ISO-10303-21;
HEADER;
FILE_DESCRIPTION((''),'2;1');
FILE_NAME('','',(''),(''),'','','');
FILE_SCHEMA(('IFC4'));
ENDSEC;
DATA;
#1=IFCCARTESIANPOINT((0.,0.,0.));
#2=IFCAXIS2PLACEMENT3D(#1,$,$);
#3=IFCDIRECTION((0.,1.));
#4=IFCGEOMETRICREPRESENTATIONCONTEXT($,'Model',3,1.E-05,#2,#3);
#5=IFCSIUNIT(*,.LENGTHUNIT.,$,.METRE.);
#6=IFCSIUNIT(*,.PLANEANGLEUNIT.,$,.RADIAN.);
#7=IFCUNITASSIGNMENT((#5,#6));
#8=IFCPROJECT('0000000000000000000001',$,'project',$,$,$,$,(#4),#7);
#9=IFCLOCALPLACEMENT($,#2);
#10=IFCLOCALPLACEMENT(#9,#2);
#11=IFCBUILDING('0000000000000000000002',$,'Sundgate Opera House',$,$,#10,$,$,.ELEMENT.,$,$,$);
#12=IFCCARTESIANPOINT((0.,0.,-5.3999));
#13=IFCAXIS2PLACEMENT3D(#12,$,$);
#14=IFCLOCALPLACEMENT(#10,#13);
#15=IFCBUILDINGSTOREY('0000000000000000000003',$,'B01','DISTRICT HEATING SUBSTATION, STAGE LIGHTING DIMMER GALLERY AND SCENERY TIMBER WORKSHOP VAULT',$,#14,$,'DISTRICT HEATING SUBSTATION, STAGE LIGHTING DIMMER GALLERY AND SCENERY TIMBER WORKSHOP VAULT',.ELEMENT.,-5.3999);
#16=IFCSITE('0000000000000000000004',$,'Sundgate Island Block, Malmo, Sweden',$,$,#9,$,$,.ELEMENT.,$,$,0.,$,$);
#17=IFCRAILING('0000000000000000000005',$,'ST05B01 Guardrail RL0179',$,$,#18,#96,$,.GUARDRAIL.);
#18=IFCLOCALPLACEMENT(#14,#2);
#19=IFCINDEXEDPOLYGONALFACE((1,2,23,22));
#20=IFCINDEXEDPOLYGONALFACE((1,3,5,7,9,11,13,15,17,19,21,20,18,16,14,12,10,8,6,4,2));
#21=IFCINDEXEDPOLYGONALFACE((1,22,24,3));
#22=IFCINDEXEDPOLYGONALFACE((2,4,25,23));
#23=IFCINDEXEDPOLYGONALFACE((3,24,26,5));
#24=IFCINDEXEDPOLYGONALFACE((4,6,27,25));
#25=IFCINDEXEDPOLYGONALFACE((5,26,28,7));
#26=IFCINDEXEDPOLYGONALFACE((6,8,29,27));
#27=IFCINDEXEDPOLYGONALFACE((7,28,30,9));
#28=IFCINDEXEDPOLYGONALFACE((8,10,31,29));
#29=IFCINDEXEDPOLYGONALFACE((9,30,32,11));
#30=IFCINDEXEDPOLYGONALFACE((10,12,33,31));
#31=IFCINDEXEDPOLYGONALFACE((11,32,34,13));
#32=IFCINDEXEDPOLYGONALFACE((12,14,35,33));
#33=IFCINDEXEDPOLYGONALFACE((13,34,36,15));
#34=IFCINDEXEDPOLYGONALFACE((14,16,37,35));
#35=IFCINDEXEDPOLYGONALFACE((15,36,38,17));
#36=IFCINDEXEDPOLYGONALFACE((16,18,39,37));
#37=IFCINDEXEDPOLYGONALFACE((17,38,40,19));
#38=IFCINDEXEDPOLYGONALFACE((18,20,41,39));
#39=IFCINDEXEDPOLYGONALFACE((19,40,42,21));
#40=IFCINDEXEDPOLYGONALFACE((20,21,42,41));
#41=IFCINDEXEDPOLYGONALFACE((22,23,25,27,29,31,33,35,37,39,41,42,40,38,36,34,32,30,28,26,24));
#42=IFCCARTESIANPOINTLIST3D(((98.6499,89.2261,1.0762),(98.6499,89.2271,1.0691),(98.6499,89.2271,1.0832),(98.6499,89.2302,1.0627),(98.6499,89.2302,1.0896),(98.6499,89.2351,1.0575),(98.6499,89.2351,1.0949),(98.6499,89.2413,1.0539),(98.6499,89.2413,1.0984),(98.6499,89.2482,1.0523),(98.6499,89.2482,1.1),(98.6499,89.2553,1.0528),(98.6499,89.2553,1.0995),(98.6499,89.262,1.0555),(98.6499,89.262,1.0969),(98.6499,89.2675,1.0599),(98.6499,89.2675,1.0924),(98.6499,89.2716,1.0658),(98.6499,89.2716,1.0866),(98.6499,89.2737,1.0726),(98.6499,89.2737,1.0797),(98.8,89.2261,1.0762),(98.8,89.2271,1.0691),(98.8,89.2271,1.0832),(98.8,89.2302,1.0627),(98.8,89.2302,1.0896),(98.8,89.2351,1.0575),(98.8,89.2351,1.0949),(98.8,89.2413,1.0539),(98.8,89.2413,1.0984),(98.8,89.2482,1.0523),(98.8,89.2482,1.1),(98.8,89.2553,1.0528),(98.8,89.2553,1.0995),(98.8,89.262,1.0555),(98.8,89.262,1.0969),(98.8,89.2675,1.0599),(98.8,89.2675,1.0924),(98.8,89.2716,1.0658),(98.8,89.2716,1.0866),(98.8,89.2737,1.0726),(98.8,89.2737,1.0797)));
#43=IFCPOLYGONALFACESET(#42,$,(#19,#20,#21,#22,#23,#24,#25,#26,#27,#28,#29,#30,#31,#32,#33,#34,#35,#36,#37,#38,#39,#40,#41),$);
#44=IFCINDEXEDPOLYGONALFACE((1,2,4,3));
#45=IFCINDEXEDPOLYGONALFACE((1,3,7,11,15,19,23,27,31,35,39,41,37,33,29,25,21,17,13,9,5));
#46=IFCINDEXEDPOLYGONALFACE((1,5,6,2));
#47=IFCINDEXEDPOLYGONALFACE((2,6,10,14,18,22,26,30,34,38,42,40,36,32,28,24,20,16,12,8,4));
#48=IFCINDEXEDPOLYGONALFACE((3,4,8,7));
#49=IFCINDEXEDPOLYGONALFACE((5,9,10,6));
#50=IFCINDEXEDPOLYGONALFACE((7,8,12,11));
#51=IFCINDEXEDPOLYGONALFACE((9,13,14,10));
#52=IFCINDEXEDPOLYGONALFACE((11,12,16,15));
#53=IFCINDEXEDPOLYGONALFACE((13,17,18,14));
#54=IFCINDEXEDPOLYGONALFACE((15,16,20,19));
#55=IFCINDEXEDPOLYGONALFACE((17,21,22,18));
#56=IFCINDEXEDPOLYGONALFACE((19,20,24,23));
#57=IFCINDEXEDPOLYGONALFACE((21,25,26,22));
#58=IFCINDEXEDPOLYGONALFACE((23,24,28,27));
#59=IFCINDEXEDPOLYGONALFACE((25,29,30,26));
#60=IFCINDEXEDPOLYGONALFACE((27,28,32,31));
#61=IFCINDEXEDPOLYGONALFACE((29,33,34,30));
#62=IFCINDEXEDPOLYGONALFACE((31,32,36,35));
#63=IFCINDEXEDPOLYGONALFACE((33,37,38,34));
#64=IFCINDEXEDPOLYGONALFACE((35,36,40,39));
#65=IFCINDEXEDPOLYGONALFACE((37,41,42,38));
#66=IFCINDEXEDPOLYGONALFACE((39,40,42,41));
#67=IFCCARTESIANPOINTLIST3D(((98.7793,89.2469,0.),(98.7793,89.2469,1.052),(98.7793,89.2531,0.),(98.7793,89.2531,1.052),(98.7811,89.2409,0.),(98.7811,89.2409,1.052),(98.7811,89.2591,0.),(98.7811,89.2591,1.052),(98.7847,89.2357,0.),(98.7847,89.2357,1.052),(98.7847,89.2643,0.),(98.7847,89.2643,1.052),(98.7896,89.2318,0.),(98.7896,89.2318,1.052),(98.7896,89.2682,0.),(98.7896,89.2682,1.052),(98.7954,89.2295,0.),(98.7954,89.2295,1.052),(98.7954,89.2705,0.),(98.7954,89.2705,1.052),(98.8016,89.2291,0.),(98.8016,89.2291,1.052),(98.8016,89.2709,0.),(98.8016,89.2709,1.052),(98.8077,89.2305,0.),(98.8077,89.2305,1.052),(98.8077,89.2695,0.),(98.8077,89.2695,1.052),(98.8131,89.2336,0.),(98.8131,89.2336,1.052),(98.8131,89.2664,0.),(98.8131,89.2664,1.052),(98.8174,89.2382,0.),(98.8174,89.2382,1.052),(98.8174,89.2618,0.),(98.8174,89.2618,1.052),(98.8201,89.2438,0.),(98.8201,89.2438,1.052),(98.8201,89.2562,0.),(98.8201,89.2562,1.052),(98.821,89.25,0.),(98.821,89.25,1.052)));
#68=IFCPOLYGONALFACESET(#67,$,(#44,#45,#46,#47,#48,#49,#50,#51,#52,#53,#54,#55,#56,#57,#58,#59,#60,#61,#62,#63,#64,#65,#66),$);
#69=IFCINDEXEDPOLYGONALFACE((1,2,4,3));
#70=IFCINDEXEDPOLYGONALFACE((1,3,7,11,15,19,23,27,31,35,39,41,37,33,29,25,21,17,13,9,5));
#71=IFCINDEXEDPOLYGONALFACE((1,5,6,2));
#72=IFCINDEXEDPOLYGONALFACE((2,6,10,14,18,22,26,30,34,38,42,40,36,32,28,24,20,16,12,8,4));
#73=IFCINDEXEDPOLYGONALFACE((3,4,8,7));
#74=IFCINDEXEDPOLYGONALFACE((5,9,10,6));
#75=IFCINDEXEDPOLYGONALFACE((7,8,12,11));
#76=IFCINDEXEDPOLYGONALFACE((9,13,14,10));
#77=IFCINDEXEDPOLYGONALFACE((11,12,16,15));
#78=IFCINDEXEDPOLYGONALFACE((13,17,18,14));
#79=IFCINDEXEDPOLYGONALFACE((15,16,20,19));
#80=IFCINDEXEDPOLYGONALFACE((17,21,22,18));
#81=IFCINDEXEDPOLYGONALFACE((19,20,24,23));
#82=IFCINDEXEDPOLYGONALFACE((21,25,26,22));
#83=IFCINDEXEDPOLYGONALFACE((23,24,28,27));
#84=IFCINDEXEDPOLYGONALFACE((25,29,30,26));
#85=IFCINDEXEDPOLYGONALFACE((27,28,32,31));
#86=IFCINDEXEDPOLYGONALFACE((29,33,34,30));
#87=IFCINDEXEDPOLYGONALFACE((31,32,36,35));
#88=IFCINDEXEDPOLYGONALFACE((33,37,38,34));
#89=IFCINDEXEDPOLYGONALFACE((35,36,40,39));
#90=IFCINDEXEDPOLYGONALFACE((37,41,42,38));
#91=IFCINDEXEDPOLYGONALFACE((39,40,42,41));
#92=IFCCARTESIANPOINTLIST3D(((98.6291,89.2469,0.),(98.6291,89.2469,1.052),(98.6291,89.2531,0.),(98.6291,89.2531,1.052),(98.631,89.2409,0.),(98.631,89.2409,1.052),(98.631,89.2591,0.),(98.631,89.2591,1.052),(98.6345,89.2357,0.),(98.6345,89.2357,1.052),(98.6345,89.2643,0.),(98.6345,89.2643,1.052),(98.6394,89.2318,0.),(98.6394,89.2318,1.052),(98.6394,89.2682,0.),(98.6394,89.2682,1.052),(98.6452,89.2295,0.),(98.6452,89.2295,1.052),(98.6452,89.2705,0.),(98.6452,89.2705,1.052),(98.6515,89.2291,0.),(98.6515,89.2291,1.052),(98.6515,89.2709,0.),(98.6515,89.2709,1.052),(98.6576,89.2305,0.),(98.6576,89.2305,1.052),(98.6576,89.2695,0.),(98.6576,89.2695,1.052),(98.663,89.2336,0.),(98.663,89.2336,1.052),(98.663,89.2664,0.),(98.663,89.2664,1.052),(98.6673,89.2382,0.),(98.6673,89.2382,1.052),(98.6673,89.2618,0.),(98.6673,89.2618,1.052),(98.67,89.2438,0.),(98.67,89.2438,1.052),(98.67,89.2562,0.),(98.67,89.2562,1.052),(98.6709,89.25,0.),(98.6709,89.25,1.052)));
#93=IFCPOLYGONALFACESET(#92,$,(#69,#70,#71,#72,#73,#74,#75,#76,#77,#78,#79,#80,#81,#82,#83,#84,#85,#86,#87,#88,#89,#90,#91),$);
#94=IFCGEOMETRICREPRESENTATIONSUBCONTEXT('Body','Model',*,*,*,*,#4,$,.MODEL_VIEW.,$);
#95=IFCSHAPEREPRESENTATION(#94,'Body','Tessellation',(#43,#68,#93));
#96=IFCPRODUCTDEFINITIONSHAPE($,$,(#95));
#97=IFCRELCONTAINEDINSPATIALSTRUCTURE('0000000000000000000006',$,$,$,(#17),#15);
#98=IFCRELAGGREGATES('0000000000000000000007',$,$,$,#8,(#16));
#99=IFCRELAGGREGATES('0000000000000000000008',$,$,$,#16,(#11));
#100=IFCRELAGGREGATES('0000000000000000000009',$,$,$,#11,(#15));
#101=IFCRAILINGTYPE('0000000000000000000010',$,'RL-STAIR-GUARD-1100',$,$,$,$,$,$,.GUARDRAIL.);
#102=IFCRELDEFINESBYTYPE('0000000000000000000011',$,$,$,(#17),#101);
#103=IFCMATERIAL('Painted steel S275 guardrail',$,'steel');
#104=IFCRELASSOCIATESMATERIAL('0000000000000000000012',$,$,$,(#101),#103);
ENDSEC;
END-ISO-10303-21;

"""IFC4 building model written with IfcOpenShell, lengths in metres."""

from ifc_helpers import new_model, si_unit, direction, frame, origin, origin_2d, place, context, subcontext, project, spatial, circle, extrude, material, type_object, element, save


model = new_model("IFC4")

# Units and contexts
model_context = context("Model", 3, precision=1e-05, world=origin(), true_north=direction((0.0, 1.0)))
body_context = subcontext(model_context, "Body", "Model", "MODEL_VIEW")
ifc_project = project(units=[si_unit("LENGTHUNIT", "METRE"), si_unit("PLANEANGLEUNIT", "RADIAN")], contexts=[model_context])

# Site, building, storey
site_placement = place(None, origin())
site = spatial("IfcSite", under=ifc_project, at=site_placement, Name="Sundgate Island Block, Malmo, Sweden", CompositionType="ELEMENT", RefElevation=0.0)
building_placement = place(site_placement, origin())
building = spatial("IfcBuilding", under=site, at=building_placement, Name="Sundgate Opera House", CompositionType="ELEMENT")
storey_placement = place(building_placement, frame((0.0, 0.0, -5.3999)))
storey = spatial("IfcBuildingStorey", under=building, at=storey_placement, Name="B01", Description="DISTRICT HEATING SUBSTATION, STAGE LIGHTING DIMMER GALLERY AND SCENERY TIMBER WORKSHOP VAULT", LongName="DISTRICT HEATING SUBSTATION, STAGE LIGHTING DIMMER GALLERY AND SCENERY TIMBER WORKSHOP VAULT", CompositionType="ELEMENT", Elevation=-5.3999)

# Railing
ifc_material_1 = material(Name="Painted steel S275 guardrail", Category="steel")
railing_type_1 = type_object("IfcRailingType", Name="RL-STAIR-GUARD-1100", PredefinedType="GUARDRAIL", material=ifc_material_1)
railing_1_placement = place(storey_placement, frame((98.8, 89.25, 0.0)))
element("IfcRailing", 1, at=railing_1_placement, inside=storey, type_object=railing_type_1, Name="ST05B01 Guardrail RL0179", PredefinedType="GUARDRAIL", context=body_context, shape_type="SweptSolid", body=[
    extrude(circle(Radius=0.0239, at=origin_2d()), frame((0.0, 0.0, 1.0762), z_axis=(-1.0, 0.0, 0.0), x_axis=(0.0, -1.0, 0.0)), (0.0, 0.0, 1.0), 0.1501),
    extrude(circle(Radius=0.021, at=origin_2d()), origin(), (0.0, 0.0, 1.0), 1.052),
    extrude(circle(Radius=0.021, at=origin_2d()), frame((-0.1501, 0.0, 0.0)), (0.0, 0.0, 1.0), 1.052),
])

save(model, "model.ifc")
